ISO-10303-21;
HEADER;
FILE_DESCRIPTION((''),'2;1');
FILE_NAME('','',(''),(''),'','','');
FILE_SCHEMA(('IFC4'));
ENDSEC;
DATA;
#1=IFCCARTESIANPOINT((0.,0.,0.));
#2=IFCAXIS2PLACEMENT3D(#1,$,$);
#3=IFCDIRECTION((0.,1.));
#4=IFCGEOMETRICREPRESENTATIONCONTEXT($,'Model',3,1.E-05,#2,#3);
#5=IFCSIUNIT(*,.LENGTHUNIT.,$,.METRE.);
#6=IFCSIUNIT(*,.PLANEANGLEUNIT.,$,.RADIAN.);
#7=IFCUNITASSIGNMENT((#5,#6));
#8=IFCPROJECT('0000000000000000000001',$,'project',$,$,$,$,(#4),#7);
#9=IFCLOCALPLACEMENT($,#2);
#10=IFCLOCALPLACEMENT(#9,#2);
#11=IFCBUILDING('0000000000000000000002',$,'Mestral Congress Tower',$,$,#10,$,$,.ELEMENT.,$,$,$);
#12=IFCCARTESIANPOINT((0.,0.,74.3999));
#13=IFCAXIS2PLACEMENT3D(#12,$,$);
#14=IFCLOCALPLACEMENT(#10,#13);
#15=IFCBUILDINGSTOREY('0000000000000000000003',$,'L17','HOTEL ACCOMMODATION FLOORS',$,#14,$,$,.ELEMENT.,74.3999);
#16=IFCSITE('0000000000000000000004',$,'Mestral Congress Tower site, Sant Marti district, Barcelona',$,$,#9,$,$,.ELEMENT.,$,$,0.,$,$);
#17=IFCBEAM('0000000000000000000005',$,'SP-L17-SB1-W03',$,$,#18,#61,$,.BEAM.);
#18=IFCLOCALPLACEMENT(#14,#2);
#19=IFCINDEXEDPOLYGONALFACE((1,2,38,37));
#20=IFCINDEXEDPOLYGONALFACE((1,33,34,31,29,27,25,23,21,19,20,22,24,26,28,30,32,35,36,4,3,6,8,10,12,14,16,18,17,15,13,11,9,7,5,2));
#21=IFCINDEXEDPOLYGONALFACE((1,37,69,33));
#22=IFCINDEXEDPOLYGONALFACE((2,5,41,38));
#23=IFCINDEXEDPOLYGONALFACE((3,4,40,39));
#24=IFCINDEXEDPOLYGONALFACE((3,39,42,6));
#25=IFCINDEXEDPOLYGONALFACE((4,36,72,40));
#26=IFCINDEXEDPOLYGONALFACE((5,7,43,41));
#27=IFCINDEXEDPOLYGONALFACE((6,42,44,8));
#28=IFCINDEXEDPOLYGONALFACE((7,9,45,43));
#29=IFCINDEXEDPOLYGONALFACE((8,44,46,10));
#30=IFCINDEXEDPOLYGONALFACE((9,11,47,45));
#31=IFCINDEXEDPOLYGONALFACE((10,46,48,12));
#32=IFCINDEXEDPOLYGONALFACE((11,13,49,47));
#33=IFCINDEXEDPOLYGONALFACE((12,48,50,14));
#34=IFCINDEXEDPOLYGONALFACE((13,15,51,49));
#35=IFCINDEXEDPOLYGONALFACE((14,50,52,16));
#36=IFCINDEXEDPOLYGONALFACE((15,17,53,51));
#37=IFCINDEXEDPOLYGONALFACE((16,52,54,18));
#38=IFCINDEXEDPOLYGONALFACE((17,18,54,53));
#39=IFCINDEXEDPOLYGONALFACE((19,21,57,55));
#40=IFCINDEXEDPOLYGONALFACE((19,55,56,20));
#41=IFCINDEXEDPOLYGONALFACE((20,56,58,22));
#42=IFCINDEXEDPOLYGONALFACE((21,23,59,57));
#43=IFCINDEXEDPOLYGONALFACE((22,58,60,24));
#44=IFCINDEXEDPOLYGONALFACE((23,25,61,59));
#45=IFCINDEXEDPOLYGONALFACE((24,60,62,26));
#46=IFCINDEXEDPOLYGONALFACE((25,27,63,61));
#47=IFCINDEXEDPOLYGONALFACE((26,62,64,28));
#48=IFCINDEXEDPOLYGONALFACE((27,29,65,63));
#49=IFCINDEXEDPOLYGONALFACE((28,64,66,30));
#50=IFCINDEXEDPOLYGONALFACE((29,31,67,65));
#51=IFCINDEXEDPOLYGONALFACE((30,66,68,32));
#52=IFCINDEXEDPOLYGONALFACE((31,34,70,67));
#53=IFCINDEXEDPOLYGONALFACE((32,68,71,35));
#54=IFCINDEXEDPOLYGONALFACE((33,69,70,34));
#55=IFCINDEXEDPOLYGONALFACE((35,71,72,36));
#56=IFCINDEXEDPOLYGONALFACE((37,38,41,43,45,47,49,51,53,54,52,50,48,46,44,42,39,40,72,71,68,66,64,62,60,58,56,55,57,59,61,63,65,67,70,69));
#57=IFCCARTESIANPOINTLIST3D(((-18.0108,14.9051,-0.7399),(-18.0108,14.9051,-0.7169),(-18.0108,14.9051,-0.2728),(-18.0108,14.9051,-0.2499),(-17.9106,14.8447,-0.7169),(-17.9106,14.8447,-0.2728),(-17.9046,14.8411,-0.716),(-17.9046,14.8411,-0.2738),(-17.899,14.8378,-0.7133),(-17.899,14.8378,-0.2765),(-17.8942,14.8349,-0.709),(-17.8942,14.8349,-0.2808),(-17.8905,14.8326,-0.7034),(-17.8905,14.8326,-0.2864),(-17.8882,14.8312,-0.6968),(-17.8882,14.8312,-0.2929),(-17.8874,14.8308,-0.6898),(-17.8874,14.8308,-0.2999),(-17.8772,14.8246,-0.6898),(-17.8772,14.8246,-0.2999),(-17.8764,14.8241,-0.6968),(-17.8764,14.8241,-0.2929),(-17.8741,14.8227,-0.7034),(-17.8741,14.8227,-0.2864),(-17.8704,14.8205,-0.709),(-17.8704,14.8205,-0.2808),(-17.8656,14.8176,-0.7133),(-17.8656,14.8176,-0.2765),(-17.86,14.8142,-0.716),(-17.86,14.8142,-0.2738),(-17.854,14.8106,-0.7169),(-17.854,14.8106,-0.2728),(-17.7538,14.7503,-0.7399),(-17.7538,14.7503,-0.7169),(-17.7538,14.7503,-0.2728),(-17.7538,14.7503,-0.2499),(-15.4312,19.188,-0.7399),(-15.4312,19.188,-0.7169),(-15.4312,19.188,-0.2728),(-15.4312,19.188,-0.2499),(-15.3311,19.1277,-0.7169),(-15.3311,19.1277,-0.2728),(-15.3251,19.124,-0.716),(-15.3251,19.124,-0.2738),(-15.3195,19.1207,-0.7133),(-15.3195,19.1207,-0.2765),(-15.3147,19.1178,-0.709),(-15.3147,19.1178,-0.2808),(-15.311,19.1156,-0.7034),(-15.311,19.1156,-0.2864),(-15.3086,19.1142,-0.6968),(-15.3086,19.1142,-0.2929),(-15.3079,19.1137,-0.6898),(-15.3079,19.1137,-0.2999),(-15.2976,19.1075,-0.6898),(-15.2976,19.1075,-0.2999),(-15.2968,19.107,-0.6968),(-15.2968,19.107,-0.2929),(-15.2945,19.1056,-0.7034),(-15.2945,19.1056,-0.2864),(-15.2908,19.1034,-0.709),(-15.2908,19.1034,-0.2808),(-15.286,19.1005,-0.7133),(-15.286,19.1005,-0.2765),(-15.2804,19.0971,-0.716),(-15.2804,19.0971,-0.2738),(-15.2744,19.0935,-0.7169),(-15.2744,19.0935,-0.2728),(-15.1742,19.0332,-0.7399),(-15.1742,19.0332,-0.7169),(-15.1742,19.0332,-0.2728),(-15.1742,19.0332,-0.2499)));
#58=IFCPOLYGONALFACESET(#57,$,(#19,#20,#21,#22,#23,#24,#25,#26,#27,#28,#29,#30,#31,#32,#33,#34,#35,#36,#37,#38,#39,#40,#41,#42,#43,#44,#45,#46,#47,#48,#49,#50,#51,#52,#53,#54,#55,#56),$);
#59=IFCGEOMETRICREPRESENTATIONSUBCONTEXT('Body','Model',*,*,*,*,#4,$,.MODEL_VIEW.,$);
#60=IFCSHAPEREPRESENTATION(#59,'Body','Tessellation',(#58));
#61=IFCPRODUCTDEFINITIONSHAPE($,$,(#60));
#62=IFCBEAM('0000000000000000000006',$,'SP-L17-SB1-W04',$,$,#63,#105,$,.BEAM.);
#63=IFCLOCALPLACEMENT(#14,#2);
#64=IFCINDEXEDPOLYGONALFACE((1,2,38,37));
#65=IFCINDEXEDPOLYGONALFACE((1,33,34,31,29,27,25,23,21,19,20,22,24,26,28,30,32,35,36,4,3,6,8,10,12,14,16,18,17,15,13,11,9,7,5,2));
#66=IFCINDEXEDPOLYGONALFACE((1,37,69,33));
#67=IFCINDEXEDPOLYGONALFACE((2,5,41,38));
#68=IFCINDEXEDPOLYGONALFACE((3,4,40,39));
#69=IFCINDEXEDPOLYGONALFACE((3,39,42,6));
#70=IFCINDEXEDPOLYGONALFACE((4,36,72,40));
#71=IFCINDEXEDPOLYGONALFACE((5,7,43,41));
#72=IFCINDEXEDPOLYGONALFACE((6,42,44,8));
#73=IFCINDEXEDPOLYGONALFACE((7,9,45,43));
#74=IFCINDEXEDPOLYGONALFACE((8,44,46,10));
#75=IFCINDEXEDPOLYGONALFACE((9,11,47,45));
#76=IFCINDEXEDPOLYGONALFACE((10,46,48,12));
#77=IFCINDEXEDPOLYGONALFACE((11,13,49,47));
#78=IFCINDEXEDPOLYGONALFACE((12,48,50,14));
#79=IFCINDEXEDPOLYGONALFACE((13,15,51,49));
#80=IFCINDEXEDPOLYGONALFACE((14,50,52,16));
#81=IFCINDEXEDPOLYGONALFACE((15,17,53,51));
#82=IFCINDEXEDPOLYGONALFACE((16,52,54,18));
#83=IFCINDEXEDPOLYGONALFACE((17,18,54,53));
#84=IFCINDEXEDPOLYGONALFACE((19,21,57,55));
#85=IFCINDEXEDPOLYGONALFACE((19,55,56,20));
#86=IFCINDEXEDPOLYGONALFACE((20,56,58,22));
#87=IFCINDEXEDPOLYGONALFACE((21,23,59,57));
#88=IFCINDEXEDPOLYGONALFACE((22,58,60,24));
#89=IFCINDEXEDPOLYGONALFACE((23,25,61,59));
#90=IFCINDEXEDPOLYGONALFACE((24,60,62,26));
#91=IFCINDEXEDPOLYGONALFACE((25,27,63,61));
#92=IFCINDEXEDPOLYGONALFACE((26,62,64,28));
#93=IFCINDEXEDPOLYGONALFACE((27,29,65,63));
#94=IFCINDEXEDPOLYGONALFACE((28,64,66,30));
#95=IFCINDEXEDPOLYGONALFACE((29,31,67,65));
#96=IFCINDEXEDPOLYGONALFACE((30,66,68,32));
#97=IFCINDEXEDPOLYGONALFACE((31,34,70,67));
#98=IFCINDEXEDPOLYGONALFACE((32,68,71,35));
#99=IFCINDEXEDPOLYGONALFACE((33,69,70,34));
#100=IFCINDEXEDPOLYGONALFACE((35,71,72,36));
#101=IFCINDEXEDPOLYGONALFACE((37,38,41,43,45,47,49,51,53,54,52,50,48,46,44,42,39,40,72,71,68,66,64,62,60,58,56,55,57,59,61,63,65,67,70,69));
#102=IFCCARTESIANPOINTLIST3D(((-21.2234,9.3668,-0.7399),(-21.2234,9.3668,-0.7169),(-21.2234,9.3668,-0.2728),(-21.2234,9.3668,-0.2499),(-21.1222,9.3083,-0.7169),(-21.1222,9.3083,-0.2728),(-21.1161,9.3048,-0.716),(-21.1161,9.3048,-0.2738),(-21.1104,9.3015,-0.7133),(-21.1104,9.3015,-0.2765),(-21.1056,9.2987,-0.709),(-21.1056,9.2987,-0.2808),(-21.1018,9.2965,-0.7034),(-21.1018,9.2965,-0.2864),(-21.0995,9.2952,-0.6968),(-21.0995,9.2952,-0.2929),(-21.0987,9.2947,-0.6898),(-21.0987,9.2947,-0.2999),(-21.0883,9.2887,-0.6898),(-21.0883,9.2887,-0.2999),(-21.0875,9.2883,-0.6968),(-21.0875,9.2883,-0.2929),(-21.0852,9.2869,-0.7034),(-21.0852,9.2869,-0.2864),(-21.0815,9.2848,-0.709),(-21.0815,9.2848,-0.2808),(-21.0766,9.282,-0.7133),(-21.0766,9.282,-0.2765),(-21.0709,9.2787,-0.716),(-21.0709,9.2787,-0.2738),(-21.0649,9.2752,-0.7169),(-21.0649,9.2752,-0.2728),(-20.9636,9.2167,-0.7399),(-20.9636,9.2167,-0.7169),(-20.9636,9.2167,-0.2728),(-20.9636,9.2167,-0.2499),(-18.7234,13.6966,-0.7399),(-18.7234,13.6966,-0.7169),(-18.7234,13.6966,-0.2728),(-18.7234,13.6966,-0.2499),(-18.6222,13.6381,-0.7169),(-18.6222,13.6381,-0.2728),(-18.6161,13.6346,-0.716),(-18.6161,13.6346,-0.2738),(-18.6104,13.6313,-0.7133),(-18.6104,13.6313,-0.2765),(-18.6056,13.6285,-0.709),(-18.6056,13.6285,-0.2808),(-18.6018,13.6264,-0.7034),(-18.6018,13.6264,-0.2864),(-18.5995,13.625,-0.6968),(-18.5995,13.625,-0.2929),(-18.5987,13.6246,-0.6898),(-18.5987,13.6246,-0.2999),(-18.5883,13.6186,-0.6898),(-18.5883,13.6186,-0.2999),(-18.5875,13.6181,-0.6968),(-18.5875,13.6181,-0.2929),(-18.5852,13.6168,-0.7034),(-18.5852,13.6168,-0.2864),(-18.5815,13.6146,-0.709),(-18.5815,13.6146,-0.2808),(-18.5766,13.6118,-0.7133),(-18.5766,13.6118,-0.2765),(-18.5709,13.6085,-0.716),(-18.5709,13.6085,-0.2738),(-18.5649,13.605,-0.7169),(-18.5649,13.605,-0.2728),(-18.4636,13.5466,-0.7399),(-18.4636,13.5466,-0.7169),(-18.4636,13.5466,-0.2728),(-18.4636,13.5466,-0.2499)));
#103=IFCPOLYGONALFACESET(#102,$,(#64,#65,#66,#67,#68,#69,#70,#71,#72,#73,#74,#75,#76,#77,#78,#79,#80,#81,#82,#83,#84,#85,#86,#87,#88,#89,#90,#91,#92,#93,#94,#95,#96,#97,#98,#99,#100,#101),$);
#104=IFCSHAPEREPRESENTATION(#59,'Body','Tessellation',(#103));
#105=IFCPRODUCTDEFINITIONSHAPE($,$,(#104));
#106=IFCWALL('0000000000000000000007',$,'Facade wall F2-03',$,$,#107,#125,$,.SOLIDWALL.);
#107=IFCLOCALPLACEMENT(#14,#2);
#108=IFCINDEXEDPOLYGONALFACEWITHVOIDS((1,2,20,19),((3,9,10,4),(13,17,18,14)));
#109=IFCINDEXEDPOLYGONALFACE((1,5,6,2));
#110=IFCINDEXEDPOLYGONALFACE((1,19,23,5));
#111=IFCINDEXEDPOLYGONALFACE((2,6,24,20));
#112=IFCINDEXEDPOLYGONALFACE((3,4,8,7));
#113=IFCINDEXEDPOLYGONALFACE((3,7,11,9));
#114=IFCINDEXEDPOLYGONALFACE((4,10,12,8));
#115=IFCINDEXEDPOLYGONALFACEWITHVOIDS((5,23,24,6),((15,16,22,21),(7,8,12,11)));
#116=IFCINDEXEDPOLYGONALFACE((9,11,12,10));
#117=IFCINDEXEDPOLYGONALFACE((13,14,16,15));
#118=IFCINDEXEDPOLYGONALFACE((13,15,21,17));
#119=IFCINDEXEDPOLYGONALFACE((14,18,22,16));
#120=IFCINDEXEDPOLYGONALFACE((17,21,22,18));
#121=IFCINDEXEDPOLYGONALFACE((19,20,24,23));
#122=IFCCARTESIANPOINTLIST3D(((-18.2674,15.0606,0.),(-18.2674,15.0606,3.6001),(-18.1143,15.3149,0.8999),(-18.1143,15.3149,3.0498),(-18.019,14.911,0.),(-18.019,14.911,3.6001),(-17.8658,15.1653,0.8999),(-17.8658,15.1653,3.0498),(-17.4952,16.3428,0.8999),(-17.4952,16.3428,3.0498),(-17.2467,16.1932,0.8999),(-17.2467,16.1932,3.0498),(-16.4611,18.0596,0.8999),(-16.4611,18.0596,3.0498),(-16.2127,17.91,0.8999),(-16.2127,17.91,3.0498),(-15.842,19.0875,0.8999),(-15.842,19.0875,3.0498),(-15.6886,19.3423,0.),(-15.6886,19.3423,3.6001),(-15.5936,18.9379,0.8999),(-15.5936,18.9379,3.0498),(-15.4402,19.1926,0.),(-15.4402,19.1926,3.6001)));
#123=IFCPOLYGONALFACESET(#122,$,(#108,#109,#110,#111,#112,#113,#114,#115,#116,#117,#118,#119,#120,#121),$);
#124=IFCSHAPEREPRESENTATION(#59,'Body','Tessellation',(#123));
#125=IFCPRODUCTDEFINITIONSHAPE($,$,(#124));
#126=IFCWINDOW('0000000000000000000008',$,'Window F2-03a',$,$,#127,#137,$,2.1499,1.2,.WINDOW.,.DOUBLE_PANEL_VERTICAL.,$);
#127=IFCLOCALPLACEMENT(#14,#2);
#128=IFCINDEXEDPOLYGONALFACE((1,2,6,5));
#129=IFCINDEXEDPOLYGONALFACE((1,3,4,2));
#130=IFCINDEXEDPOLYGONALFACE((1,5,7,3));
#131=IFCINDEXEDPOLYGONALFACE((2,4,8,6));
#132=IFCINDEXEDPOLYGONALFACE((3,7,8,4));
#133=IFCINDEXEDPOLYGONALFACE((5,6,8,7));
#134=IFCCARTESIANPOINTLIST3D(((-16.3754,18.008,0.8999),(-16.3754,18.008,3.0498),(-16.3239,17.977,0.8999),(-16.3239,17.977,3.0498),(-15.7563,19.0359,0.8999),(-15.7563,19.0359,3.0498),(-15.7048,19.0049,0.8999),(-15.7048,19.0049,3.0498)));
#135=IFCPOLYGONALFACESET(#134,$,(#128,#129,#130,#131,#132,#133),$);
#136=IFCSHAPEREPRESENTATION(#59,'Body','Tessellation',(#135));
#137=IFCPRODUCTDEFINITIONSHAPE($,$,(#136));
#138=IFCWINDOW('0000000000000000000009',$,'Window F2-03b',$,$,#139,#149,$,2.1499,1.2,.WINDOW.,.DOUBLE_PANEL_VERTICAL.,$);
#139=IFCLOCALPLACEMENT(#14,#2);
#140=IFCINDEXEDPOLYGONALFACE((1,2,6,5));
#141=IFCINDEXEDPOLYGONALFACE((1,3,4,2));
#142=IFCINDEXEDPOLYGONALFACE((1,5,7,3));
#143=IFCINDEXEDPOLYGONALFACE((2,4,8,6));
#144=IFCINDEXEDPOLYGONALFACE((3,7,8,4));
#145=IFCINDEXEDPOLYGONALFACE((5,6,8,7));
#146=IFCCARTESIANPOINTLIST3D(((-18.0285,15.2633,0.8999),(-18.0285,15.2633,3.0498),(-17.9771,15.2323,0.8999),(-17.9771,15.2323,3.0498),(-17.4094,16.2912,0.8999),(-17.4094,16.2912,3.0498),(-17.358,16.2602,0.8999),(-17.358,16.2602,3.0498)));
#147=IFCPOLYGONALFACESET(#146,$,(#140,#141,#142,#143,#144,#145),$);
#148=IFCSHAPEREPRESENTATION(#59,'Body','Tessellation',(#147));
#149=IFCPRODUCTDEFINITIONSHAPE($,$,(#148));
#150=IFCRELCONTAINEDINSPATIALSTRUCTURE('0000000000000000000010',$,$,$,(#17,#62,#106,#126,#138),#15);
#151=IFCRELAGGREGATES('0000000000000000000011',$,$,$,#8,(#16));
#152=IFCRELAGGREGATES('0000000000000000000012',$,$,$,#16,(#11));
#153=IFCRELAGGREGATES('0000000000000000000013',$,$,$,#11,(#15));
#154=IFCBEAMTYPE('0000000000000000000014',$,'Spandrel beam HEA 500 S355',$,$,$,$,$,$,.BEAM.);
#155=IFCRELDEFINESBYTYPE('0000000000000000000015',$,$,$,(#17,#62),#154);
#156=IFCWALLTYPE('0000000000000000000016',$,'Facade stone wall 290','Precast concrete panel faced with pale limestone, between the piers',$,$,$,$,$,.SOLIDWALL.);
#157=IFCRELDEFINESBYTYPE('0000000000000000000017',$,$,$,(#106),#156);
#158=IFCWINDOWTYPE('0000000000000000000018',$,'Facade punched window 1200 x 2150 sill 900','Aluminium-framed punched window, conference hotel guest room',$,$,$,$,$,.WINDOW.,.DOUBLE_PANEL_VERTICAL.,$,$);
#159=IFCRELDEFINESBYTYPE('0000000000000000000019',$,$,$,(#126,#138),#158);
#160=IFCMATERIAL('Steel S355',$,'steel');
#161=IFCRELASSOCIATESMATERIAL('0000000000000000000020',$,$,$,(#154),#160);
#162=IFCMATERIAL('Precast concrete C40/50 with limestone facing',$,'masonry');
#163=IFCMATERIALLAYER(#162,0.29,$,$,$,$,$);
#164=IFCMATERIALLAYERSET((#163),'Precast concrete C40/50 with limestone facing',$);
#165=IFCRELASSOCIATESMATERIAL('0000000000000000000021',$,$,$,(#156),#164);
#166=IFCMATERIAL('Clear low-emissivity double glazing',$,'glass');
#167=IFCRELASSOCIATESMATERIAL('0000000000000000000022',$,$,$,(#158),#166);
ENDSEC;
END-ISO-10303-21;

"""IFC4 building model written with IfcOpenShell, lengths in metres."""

from ifc_helpers import new_model, si_unit, direction, frame, frame_2d, origin, origin_2d, place, context, subcontext, project, spatial, rectangle, i_section, extrude, material, layer, layer_set, material_profile, profile_set, type_object, element, fill, save


model = new_model("IFC4")

# Units and contexts
model_context = context("Model", 3, precision=1e-05, world=origin(), true_north=direction((0.0, 1.0)))
body_context = subcontext(model_context, "Body", "Model", "MODEL_VIEW")
ifc_project = project(units=[si_unit("LENGTHUNIT", "METRE"), si_unit("PLANEANGLEUNIT", "RADIAN")], contexts=[model_context])

# Site, building, storey
site_placement = place(None, origin())
site = spatial("IfcSite", under=ifc_project, at=site_placement, Name="Mestral Congress Tower site, Sant Marti district, Barcelona", CompositionType="ELEMENT", RefElevation=0.0)
building_placement = place(site_placement, origin())
building = spatial("IfcBuilding", under=site, at=building_placement, Name="Mestral Congress Tower", CompositionType="ELEMENT")
storey_placement = place(building_placement, frame((0.0, 0.0, 74.3999)))
storey = spatial("IfcBuildingStorey", under=building, at=storey_placement, Name="L17", Description="HOTEL ACCOMMODATION FLOORS", CompositionType="ELEMENT", Elevation=74.3999)

# Beams
ifc_material_1 = material(Name="Steel S355", Category="steel")
ifc_material_profile_1 = material_profile(ifc_material_1, i_section(OverallWidth=0.3, OverallDepth=0.49, WebThickness=0.012, FlangeThickness=0.0229, FilletRadius=0.0271, at=origin_2d()), Name="HEA 500")
ifc_profile_set_1 = profile_set([ifc_material_profile_1], Name="Steel S355")
beam_type_1 = type_object("IfcBeamType", Name="Spandrel beam HEA 500 S355", PredefinedType="BEAM", material=ifc_profile_set_1)
for number, where, z_axis, x_axis, name in (
    (1, (-15.3027, 19.1106, -0.4949), (-0.515938, -0.856626, 0.0), (0.856626, -0.515938, 0.0), "SP-L17-SB1-W03"),
    (2, (-18.5935, 13.6216, -0.4949), (-0.500025, -0.866011, 0.0), (0.866011, -0.500025, 0.0), "SP-L17-SB1-W04"),
):
    element("IfcBeam", number, at=place(storey_placement, frame(where, z_axis=z_axis, x_axis=x_axis)), inside=storey, type_object=beam_type_1, Name=name, PredefinedType="BEAM", context=body_context, shape_type="SweptSolid", body=[
        extrude(i_section(OverallWidth=0.3, OverallDepth=0.49, WebThickness=0.012, FlangeThickness=0.0229, FilletRadius=0.0271, at=origin_2d()), origin(), (0.0, 0.0, 1.0), 4.9998),
    ])

# Wall, openings, windows
ifc_material_2 = material(Name="Precast concrete C40/50 with limestone facing", Category="masonry")
ifc_layer_1 = layer(ifc_material_2, 0.29)
ifc_layer_set_1 = layer_set([ifc_layer_1], Name="Precast concrete C40/50 with limestone facing")
wall_type_1 = type_object("IfcWallType", Name="Facade stone wall 290", Description="Precast concrete panel faced with pale limestone, between the piers", PredefinedType="SOLIDWALL", material=ifc_layer_set_1)
wall_1_placement = place(storey_placement, frame((-15.5645, 19.2673, 0.0), z_axis=(0.0, 0.0, 1.0), x_axis=(-0.515939, -0.856625, 0.0)))
wall_1 = element("IfcWall", 3, at=wall_1_placement, inside=storey, type_object=wall_type_1, Name="Facade wall F2-03", PredefinedType="SOLIDWALL", context=body_context, shape_type="SweptSolid", body=[
    extrude(rectangle(XDim=4.9983, YDim=0.29, at=frame_2d((2.499, 0.0))), origin(), (0.0, 0.0, 1.0), 3.6001),
])
opening_1_placement = place(wall_1_placement, frame((0.2971, 0.0, 0.8999)))
opening_1 = element("IfcOpeningElement", 4, at=opening_1_placement, cuts=wall_1, PredefinedType="OPENING", context=body_context, shape_type="SweptSolid", body=[
    extrude(rectangle(XDim=1.2, YDim=2.1499, at=frame_2d((0.6001, 1.075))), frame((0.0, 0.155, 0.0), z_axis=(0.0, -1.0, 0.0), x_axis=(1.0, 0.0, 0.0)), (0.0, 0.0, 1.0), 0.3101),
])
opening_2_placement = place(wall_1_placement, frame((3.5012, 0.0, 0.8999)))
opening_2 = element("IfcOpeningElement", 5, at=opening_2_placement, cuts=wall_1, PredefinedType="OPENING", context=body_context, shape_type="SweptSolid", body=[
    extrude(rectangle(XDim=1.2, YDim=2.1499, at=frame_2d((0.6001, 1.075))), frame((0.0, 0.155, 0.0), z_axis=(0.0, -1.0, 0.0), x_axis=(1.0, 0.0, 0.0)), (0.0, 0.0, 1.0), 0.3101),
])
ifc_material_3 = material(Name="Clear low-emissivity double glazing", Category="glass")
window_type = type_object("IfcWindowType", Name="Facade punched window 1200 x 2150 sill 900", Description="Aluminium-framed punched window, conference hotel guest room", PartitioningType="DOUBLE_PANEL_VERTICAL", PredefinedType="WINDOW", material=ifc_material_3)
window_1_placement = place(opening_1_placement, origin())
window_1 = element("IfcWindow", 6, at=window_1_placement, inside=storey, type_object=window_type, Name="Window F2-03a", OverallHeight=2.1499, OverallWidth=1.2, PartitioningType="DOUBLE_PANEL_VERTICAL", PredefinedType="WINDOW", context=body_context, shape_type="SweptSolid", body=[
    extrude(rectangle(XDim=1.2, YDim=2.1499, at=frame_2d((0.6001, 1.075))), frame((0.0, 0.0151, 0.0), z_axis=(0.0, -1.0, 0.0), x_axis=(1.0, 0.0, 0.0)), (0.0, 0.0, 1.0), 0.0601),
])
fill(opening_1, window_1)
window_2_placement = place(opening_2_placement, origin())
window_2 = element("IfcWindow", 7, at=window_2_placement, inside=storey, type_object=window_type, Name="Window F2-03b", OverallHeight=2.1499, OverallWidth=1.2, PartitioningType="DOUBLE_PANEL_VERTICAL", PredefinedType="WINDOW", context=body_context, shape_type="SweptSolid", body=[
    extrude(rectangle(XDim=1.2, YDim=2.1499, at=frame_2d((0.6001, 1.075))), frame((0.0, 0.0151, 0.0), z_axis=(0.0, -1.0, 0.0), x_axis=(1.0, 0.0, 0.0)), (0.0, 0.0, 1.0), 0.0601),
])
fill(opening_2, window_2)

save(model, "model.ifc")
